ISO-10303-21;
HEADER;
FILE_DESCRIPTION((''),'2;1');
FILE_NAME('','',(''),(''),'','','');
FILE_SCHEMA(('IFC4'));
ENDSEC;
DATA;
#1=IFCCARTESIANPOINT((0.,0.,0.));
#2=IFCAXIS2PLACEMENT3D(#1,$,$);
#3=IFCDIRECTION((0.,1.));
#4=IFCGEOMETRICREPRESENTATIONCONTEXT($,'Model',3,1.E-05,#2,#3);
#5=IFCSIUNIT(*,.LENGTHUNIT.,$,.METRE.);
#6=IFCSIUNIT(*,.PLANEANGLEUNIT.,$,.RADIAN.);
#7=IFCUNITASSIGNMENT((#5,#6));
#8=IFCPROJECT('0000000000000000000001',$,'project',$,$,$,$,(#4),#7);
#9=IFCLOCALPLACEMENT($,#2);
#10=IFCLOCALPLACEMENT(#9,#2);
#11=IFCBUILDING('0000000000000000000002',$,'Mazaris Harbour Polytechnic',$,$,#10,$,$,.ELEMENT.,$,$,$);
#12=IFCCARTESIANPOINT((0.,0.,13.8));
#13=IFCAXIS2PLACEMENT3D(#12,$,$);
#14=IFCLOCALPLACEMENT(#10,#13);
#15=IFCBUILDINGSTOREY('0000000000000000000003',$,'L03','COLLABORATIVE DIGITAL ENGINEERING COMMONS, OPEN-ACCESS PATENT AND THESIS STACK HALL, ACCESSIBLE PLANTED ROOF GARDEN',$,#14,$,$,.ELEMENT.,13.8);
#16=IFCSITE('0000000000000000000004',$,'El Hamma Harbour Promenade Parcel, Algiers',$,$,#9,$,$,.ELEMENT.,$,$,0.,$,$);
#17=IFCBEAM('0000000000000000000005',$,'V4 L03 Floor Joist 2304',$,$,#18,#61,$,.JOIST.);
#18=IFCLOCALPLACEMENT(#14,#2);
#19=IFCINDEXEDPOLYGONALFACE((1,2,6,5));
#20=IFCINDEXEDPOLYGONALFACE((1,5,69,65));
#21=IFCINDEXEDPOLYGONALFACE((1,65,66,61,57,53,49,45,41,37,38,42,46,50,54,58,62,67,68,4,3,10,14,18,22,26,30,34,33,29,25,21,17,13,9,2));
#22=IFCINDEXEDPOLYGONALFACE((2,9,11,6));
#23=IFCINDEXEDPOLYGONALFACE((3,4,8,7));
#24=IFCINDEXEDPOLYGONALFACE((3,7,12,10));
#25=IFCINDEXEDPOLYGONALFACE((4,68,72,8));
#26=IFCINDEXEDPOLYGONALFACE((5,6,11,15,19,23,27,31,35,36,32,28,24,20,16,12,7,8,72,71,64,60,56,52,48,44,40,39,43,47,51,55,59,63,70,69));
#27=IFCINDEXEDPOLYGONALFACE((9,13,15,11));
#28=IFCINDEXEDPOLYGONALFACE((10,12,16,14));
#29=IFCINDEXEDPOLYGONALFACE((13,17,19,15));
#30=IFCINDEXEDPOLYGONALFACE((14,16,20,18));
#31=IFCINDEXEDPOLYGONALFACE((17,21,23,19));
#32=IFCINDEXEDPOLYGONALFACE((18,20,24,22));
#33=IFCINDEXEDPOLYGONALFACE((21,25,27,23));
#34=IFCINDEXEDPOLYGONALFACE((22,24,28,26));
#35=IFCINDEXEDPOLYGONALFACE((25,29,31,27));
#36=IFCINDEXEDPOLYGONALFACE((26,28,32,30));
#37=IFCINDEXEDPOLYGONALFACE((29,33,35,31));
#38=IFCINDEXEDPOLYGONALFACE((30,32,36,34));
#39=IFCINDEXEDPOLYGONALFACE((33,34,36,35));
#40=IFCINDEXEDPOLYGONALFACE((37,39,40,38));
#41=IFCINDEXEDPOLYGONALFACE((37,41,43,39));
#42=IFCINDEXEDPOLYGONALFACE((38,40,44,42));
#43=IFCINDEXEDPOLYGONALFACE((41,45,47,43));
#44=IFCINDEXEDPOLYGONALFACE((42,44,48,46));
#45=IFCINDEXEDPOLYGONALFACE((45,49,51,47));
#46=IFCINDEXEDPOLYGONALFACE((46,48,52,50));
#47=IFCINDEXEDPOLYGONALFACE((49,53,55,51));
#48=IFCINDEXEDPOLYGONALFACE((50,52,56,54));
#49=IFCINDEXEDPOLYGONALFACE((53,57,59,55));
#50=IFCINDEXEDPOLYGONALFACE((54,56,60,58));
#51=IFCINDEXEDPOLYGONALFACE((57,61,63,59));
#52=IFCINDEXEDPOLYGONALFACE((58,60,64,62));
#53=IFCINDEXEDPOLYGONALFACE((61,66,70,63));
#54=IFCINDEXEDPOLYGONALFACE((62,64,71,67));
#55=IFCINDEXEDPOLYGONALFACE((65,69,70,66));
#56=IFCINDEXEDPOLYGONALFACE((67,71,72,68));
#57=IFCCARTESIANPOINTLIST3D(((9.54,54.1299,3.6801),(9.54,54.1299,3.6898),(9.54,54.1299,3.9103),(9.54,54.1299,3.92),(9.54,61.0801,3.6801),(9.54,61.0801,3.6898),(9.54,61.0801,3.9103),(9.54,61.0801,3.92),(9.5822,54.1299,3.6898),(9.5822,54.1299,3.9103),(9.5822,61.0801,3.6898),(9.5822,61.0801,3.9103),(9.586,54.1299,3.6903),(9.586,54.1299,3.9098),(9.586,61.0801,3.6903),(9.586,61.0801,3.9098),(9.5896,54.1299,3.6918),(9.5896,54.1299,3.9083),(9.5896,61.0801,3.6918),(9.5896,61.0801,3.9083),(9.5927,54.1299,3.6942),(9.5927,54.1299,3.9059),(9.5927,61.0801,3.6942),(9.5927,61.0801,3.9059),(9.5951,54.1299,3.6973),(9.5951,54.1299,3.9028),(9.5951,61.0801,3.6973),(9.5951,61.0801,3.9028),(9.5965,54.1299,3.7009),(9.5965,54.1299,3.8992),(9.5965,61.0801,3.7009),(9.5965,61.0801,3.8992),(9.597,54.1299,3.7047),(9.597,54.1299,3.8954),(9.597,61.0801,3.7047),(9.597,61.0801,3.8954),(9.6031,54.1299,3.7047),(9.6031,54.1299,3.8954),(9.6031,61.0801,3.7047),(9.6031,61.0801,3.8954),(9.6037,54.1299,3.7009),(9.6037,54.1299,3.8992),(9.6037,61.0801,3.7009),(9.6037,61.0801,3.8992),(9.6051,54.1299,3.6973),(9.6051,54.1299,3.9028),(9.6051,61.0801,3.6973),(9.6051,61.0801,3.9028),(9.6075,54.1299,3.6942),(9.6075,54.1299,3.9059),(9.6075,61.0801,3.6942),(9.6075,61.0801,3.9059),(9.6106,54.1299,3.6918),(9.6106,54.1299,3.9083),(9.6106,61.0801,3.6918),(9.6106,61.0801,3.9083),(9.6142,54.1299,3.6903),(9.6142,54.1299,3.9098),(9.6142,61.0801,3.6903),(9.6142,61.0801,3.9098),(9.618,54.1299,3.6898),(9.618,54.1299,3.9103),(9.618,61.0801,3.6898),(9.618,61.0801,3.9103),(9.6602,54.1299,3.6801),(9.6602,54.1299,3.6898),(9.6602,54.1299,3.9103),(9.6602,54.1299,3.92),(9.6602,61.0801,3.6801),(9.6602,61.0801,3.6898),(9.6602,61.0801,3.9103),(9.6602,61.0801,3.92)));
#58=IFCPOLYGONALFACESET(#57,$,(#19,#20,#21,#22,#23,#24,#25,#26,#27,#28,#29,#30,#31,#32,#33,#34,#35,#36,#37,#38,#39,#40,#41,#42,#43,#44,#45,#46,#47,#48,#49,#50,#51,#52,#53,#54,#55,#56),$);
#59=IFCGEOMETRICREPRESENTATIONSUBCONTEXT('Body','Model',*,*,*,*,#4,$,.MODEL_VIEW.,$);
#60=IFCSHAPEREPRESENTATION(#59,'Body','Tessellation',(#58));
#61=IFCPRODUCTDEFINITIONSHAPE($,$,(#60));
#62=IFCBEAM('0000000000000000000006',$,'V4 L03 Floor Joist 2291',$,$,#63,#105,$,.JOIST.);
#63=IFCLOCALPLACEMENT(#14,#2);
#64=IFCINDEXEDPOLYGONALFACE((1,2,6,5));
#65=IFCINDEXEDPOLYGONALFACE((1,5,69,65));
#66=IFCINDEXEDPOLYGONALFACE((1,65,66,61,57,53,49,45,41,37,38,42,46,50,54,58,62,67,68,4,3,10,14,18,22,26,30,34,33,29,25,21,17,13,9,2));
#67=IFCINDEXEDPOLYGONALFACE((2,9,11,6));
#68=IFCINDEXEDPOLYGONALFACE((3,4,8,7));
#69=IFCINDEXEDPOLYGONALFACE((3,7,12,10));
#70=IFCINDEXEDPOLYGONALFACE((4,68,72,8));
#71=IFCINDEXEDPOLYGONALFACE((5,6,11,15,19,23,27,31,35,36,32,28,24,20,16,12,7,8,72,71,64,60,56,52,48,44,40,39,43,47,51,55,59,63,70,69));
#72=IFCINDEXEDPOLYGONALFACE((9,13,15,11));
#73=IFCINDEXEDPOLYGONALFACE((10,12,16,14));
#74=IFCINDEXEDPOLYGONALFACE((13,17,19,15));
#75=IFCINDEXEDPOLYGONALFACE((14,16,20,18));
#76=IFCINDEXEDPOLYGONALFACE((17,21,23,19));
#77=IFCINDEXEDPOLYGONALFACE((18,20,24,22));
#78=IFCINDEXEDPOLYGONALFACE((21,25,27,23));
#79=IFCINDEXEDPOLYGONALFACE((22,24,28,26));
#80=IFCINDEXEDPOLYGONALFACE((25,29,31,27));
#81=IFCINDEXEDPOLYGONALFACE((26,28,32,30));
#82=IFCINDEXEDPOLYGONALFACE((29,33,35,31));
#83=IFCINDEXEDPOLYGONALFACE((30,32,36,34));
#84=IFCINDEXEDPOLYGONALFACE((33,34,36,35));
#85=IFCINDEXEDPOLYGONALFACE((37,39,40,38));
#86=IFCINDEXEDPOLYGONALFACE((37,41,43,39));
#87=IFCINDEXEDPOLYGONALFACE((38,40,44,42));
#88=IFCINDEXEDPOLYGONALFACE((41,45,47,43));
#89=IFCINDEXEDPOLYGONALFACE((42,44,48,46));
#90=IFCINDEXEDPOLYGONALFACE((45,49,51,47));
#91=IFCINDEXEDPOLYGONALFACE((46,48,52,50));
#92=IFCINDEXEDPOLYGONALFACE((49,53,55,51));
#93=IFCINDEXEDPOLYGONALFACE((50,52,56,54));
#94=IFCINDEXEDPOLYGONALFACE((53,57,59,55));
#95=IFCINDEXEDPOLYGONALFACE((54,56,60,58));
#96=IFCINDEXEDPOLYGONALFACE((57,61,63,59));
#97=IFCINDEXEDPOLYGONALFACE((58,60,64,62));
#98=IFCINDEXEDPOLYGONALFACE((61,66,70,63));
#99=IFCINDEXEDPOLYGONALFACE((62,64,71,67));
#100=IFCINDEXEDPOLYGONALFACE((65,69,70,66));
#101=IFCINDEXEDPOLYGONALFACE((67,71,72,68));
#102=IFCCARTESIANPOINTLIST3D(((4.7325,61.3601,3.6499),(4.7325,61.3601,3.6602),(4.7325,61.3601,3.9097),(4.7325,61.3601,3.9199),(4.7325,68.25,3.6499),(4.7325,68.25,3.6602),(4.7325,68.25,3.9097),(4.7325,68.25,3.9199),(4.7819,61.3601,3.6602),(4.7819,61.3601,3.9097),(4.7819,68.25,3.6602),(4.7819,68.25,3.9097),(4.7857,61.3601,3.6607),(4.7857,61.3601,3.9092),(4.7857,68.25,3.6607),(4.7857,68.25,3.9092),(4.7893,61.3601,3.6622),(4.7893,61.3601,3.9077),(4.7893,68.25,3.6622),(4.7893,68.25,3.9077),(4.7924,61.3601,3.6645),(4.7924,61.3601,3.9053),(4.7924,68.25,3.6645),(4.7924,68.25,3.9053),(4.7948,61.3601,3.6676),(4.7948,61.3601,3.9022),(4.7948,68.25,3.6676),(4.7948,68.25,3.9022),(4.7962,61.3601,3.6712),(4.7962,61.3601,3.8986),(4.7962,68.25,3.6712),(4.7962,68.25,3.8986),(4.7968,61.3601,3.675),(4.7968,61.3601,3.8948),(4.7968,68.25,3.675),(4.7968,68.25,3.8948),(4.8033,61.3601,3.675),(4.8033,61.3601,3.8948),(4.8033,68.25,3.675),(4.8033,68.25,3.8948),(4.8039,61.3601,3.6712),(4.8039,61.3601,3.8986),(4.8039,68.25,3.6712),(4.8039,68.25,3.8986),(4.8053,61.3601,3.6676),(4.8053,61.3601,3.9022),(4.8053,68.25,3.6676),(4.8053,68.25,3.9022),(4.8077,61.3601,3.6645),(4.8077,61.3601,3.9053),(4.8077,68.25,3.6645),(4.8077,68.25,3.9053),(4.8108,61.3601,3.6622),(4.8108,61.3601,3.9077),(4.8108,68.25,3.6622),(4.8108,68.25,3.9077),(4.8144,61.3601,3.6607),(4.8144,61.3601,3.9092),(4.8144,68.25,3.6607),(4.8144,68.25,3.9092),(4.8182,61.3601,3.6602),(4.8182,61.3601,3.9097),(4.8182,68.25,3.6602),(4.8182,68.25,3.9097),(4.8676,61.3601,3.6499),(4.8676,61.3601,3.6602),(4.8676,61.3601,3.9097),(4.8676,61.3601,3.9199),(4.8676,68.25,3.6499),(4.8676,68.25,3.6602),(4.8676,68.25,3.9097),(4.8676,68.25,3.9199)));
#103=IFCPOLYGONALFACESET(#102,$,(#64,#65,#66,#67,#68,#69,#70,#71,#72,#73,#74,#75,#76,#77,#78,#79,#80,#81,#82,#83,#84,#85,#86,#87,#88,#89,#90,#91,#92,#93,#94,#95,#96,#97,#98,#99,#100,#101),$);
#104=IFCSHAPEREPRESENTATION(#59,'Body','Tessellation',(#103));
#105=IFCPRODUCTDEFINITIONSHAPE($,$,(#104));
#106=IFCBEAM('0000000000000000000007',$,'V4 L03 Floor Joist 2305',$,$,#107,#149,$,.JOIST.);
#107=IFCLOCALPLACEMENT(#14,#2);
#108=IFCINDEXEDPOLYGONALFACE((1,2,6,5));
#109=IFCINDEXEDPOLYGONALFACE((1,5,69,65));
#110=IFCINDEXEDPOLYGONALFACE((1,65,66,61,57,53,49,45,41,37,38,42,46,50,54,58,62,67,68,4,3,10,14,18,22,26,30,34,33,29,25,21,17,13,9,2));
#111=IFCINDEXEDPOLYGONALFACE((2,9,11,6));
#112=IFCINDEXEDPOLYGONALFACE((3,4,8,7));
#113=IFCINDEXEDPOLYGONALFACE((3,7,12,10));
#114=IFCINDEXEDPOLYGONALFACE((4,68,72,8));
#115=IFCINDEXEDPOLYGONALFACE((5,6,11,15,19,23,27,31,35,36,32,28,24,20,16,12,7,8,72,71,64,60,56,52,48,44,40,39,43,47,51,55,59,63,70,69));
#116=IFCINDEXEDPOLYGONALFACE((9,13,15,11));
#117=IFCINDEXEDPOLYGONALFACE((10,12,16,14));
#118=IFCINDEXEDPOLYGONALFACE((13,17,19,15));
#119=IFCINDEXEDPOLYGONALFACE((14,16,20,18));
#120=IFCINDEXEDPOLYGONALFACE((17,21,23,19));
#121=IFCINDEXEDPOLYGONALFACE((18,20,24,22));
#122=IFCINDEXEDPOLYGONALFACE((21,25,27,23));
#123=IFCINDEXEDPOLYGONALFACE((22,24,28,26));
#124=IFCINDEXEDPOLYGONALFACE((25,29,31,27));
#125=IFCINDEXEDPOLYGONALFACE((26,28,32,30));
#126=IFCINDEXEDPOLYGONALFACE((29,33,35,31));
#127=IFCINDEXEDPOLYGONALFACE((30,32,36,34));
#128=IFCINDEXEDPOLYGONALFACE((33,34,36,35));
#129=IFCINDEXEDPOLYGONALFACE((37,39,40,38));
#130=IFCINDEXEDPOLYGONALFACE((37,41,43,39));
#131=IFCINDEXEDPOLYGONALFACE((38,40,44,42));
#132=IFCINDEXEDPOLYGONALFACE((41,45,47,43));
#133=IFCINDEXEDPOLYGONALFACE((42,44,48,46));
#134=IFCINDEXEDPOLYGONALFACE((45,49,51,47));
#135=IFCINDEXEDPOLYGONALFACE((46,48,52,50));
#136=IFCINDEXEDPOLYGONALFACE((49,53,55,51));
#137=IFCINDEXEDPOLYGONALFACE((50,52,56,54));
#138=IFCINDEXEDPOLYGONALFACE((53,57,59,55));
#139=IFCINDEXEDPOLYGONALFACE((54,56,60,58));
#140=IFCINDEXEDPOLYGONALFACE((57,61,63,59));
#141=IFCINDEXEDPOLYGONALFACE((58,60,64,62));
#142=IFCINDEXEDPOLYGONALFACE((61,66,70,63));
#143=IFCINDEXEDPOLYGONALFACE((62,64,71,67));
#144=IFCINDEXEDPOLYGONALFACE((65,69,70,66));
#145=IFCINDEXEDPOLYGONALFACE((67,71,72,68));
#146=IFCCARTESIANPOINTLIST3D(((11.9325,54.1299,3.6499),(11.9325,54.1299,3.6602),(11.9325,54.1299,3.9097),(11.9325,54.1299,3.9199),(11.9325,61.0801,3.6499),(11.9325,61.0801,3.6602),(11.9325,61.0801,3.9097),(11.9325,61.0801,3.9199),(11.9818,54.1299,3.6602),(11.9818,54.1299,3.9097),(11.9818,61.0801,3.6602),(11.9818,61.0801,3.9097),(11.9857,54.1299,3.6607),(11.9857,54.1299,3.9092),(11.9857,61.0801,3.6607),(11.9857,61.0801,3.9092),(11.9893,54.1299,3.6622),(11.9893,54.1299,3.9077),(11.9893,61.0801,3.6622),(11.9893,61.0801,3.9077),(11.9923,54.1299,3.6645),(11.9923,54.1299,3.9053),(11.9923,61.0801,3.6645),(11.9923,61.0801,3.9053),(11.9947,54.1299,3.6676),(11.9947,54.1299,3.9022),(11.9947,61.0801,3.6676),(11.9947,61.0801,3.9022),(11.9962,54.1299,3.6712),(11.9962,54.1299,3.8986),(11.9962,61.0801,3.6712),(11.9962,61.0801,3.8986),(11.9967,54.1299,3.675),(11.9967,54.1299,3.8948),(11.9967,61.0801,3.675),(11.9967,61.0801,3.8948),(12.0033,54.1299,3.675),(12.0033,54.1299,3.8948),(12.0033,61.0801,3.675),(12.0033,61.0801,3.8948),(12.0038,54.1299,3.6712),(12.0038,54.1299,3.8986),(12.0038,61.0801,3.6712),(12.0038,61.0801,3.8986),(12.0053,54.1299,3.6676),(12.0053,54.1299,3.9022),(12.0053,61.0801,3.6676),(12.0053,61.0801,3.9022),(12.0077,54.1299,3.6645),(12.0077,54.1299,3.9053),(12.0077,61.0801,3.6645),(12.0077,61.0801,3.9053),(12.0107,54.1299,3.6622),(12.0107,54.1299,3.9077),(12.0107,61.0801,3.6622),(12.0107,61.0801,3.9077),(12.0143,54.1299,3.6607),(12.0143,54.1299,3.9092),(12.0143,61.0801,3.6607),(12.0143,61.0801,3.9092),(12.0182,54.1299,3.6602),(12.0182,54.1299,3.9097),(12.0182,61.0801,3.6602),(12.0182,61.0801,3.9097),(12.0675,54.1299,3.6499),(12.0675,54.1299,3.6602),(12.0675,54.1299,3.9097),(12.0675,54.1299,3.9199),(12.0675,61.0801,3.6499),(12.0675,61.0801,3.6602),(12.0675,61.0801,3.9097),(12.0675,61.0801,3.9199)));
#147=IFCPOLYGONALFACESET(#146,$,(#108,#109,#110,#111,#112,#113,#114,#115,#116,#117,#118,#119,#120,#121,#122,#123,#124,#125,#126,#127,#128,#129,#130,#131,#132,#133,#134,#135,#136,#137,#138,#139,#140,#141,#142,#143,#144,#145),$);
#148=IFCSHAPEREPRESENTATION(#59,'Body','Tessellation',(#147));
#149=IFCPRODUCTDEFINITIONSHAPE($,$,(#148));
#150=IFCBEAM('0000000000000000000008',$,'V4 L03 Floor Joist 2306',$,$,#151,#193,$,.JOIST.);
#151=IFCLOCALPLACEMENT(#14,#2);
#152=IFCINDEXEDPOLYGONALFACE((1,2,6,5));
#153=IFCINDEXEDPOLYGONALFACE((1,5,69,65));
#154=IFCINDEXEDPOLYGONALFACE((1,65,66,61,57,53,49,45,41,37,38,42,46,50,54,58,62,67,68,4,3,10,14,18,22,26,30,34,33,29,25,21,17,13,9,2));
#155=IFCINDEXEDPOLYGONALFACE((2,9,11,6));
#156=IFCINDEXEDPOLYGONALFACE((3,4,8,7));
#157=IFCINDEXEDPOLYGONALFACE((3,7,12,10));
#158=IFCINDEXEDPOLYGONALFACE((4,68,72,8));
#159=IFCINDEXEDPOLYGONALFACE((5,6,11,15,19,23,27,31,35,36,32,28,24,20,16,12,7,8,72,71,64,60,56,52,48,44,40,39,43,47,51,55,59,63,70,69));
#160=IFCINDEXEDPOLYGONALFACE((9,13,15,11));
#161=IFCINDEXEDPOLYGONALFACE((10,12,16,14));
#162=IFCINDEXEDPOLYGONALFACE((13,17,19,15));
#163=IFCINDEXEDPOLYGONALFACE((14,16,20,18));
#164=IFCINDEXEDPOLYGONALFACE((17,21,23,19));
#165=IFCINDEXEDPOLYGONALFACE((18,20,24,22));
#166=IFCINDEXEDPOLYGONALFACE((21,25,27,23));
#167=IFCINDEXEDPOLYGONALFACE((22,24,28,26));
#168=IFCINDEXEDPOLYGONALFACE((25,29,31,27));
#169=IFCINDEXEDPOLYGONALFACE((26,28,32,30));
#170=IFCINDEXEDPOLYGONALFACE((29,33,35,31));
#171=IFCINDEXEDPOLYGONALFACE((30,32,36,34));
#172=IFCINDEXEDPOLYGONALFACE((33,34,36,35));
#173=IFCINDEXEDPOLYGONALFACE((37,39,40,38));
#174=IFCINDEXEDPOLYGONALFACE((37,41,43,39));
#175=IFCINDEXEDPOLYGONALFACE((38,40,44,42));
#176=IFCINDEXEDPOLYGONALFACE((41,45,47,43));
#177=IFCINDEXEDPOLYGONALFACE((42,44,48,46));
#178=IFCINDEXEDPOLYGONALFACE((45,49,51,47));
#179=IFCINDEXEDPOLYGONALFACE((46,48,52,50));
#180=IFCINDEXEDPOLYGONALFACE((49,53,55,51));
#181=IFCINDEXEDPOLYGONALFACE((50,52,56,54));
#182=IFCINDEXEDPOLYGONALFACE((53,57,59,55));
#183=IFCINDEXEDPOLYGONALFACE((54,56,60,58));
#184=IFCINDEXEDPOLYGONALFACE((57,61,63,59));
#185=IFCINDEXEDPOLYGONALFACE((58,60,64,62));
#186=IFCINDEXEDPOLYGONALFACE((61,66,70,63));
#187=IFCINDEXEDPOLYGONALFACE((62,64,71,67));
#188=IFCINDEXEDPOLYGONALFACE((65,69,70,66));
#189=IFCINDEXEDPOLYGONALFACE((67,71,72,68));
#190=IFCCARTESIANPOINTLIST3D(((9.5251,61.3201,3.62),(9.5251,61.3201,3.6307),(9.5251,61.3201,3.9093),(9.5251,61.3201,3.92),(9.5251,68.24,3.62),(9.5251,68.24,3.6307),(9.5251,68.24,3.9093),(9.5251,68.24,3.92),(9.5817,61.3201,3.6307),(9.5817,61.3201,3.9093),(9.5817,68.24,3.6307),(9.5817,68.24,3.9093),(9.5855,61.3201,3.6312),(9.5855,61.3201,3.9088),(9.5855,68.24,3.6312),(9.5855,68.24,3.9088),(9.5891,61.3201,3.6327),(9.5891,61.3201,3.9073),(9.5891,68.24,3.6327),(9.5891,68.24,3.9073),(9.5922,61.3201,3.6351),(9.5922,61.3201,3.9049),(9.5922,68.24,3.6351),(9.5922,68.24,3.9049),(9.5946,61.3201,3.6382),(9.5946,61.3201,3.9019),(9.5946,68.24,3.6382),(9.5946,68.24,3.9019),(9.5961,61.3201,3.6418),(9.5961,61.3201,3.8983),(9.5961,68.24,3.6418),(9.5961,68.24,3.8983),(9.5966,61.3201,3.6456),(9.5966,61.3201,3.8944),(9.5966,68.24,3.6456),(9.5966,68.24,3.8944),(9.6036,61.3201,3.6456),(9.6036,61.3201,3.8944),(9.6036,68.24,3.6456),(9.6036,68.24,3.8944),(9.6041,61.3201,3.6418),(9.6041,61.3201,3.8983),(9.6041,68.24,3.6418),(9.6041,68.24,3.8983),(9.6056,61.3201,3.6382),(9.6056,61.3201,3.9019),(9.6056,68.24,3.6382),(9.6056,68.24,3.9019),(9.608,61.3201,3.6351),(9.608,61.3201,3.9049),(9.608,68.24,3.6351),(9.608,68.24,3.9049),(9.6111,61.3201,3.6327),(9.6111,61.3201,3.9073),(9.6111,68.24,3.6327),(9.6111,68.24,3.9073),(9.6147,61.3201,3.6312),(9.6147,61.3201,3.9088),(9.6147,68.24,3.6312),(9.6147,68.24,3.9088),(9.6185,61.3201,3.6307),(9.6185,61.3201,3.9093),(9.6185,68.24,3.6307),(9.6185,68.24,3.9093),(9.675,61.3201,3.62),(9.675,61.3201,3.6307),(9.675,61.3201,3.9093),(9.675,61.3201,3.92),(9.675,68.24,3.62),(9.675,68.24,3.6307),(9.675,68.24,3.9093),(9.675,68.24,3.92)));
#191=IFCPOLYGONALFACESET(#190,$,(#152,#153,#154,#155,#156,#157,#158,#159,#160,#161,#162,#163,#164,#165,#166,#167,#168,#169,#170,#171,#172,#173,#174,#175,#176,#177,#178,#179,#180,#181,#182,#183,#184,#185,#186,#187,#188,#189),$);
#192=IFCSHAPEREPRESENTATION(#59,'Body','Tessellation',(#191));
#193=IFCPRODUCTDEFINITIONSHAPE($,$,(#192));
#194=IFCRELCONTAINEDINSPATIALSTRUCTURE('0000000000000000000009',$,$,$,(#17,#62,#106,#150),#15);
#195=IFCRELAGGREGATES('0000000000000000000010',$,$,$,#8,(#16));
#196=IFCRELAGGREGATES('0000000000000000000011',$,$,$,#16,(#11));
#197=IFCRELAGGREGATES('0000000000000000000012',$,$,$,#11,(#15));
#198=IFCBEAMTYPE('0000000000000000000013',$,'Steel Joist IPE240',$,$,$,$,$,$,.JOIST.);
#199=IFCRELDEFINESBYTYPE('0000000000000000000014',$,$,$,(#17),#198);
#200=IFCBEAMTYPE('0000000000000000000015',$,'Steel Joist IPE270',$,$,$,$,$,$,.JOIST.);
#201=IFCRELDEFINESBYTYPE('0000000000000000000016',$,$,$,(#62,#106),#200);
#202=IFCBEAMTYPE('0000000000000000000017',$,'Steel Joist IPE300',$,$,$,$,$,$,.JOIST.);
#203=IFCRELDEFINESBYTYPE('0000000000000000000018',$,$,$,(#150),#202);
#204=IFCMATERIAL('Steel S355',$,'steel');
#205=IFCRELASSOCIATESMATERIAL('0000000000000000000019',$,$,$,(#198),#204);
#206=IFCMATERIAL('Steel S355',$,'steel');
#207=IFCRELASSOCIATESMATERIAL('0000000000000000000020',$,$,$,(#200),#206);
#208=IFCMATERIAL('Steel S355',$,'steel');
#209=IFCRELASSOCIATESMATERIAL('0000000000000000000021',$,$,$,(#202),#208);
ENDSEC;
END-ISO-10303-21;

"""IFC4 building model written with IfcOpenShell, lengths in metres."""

from ifc_helpers import new_model, si_unit, direction, frame, origin, origin_2d, place, context, subcontext, project, spatial, i_section, extrude, material, material_profile, profile_set, type_object, element, save


model = new_model("IFC4")

# Units and contexts
model_context = context("Model", 3, precision=1e-05, world=origin(), true_north=direction((0.0, 1.0)))
body_context = subcontext(model_context, "Body", "Model", "MODEL_VIEW")
ifc_project = project(units=[si_unit("LENGTHUNIT", "METRE"), si_unit("PLANEANGLEUNIT", "RADIAN")], contexts=[model_context])

# Site, building, storey
site_placement = place(None, origin())
site = spatial("IfcSite", under=ifc_project, at=site_placement, Name="El Hamma Harbour Promenade Parcel, Algiers", CompositionType="ELEMENT", RefElevation=0.0)
building_placement = place(site_placement, origin())
building = spatial("IfcBuilding", under=site, at=building_placement, Name="Mazaris Harbour Polytechnic", CompositionType="ELEMENT")
storey_placement = place(building_placement, frame((0.0, 0.0, 13.8)))
storey = spatial("IfcBuildingStorey", under=building, at=storey_placement, Name="L03", Description="COLLABORATIVE DIGITAL ENGINEERING COMMONS, OPEN-ACCESS PATENT AND THESIS STACK HALL, ACCESSIBLE PLANTED ROOF GARDEN", CompositionType="ELEMENT", Elevation=13.8)

# Beams
ifc_material_1 = material(Name="Steel S355", Category="steel")
ifc_material_profile_1 = material_profile(ifc_material_1, i_section(OverallWidth=0.1201, OverallDepth=0.24, WebThickness=0.0061, FlangeThickness=0.0098, FilletRadius=0.0149, at=origin_2d()), Name="IPE 240")
ifc_profile_set_1 = profile_set([ifc_material_profile_1], Name="Steel S355")
beam_type_1 = type_object("IfcBeamType", Name="Steel Joist IPE240", PredefinedType="JOIST", material=ifc_profile_set_1)
beam_1_placement = place(storey_placement, frame((9.6001, 54.1299, 3.8), z_axis=(0.0, 1.0, 0.0), x_axis=(-1.0, 0.0, 0.0)))
element("IfcBeam", 1, at=beam_1_placement, inside=storey, type_object=beam_type_1, Name="V4 L03 Floor Joist 2304", PredefinedType="JOIST", context=body_context, shape_type="SweptSolid", body=[
    extrude(i_section(OverallWidth=0.1201, OverallDepth=0.24, WebThickness=0.0061, FlangeThickness=0.0098, FilletRadius=0.0149, at=origin_2d()), origin(), (0.0, 0.0, 1.0), 6.9502),
])
ifc_material_2 = material(Name="Steel S355", Category="steel")
ifc_material_profile_2 = material_profile(ifc_material_2, i_section(OverallWidth=0.135, OverallDepth=0.27, WebThickness=0.0066, FlangeThickness=0.0103, FilletRadius=0.0149, at=origin_2d()), Name="IPE 270")
ifc_profile_set_2 = profile_set([ifc_material_profile_2], Name="Steel S355")
beam_type_2 = type_object("IfcBeamType", Name="Steel Joist IPE270", PredefinedType="JOIST", material=ifc_profile_set_2)
beam_2_placement = place(storey_placement, frame((4.8, 61.3601, 3.7849), z_axis=(0.0, 1.0, 0.0), x_axis=(-1.0, 0.0, 0.0)))
element("IfcBeam", 2, at=beam_2_placement, inside=storey, type_object=beam_type_2, Name="V4 L03 Floor Joist 2291", PredefinedType="JOIST", context=body_context, shape_type="SweptSolid", body=[
    extrude(i_section(OverallWidth=0.135, OverallDepth=0.27, WebThickness=0.0066, FlangeThickness=0.0103, FilletRadius=0.0149, at=origin_2d()), origin(), (0.0, 0.0, 1.0), 6.8899),
])
beam_3_placement = place(storey_placement, frame((12.0, 54.1299, 3.7849), z_axis=(0.0, 1.0, 0.0), x_axis=(-1.0, 0.0, 0.0)))
element("IfcBeam", 3, at=beam_3_placement, inside=storey, type_object=beam_type_2, Name="V4 L03 Floor Joist 2305", PredefinedType="JOIST", context=body_context, shape_type="SweptSolid", body=[
    extrude(i_section(OverallWidth=0.135, OverallDepth=0.27, WebThickness=0.0066, FlangeThickness=0.0103, FilletRadius=0.0149, at=origin_2d()), origin(), (0.0, 0.0, 1.0), 6.9502),
])
ifc_material_3 = material(Name="Steel S355", Category="steel")
ifc_material_profile_3 = material_profile(ifc_material_3, i_section(OverallWidth=0.1499, OverallDepth=0.3, WebThickness=0.0071, FlangeThickness=0.0107, FilletRadius=0.0149, at=origin_2d()), Name="IPE 300")
ifc_profile_set_3 = profile_set([ifc_material_profile_3], Name="Steel S355")
beam_type_3 = type_object("IfcBeamType", Name="Steel Joist IPE300", PredefinedType="JOIST", material=ifc_profile_set_3)
beam_4_placement = place(storey_placement, frame((9.6001, 61.3201, 3.77), z_axis=(0.0, 1.0, 0.0), x_axis=(-1.0, 0.0, 0.0)))
element("IfcBeam", 4, at=beam_4_placement, inside=storey, type_object=beam_type_3, Name="V4 L03 Floor Joist 2306", PredefinedType="JOIST", context=body_context, shape_type="SweptSolid", body=[
    extrude(i_section(OverallWidth=0.1499, OverallDepth=0.3, WebThickness=0.0071, FlangeThickness=0.0107, FilletRadius=0.0149, at=origin_2d()), origin(), (0.0, 0.0, 1.0), 6.9199),
])

save(model, "model.ifc")
